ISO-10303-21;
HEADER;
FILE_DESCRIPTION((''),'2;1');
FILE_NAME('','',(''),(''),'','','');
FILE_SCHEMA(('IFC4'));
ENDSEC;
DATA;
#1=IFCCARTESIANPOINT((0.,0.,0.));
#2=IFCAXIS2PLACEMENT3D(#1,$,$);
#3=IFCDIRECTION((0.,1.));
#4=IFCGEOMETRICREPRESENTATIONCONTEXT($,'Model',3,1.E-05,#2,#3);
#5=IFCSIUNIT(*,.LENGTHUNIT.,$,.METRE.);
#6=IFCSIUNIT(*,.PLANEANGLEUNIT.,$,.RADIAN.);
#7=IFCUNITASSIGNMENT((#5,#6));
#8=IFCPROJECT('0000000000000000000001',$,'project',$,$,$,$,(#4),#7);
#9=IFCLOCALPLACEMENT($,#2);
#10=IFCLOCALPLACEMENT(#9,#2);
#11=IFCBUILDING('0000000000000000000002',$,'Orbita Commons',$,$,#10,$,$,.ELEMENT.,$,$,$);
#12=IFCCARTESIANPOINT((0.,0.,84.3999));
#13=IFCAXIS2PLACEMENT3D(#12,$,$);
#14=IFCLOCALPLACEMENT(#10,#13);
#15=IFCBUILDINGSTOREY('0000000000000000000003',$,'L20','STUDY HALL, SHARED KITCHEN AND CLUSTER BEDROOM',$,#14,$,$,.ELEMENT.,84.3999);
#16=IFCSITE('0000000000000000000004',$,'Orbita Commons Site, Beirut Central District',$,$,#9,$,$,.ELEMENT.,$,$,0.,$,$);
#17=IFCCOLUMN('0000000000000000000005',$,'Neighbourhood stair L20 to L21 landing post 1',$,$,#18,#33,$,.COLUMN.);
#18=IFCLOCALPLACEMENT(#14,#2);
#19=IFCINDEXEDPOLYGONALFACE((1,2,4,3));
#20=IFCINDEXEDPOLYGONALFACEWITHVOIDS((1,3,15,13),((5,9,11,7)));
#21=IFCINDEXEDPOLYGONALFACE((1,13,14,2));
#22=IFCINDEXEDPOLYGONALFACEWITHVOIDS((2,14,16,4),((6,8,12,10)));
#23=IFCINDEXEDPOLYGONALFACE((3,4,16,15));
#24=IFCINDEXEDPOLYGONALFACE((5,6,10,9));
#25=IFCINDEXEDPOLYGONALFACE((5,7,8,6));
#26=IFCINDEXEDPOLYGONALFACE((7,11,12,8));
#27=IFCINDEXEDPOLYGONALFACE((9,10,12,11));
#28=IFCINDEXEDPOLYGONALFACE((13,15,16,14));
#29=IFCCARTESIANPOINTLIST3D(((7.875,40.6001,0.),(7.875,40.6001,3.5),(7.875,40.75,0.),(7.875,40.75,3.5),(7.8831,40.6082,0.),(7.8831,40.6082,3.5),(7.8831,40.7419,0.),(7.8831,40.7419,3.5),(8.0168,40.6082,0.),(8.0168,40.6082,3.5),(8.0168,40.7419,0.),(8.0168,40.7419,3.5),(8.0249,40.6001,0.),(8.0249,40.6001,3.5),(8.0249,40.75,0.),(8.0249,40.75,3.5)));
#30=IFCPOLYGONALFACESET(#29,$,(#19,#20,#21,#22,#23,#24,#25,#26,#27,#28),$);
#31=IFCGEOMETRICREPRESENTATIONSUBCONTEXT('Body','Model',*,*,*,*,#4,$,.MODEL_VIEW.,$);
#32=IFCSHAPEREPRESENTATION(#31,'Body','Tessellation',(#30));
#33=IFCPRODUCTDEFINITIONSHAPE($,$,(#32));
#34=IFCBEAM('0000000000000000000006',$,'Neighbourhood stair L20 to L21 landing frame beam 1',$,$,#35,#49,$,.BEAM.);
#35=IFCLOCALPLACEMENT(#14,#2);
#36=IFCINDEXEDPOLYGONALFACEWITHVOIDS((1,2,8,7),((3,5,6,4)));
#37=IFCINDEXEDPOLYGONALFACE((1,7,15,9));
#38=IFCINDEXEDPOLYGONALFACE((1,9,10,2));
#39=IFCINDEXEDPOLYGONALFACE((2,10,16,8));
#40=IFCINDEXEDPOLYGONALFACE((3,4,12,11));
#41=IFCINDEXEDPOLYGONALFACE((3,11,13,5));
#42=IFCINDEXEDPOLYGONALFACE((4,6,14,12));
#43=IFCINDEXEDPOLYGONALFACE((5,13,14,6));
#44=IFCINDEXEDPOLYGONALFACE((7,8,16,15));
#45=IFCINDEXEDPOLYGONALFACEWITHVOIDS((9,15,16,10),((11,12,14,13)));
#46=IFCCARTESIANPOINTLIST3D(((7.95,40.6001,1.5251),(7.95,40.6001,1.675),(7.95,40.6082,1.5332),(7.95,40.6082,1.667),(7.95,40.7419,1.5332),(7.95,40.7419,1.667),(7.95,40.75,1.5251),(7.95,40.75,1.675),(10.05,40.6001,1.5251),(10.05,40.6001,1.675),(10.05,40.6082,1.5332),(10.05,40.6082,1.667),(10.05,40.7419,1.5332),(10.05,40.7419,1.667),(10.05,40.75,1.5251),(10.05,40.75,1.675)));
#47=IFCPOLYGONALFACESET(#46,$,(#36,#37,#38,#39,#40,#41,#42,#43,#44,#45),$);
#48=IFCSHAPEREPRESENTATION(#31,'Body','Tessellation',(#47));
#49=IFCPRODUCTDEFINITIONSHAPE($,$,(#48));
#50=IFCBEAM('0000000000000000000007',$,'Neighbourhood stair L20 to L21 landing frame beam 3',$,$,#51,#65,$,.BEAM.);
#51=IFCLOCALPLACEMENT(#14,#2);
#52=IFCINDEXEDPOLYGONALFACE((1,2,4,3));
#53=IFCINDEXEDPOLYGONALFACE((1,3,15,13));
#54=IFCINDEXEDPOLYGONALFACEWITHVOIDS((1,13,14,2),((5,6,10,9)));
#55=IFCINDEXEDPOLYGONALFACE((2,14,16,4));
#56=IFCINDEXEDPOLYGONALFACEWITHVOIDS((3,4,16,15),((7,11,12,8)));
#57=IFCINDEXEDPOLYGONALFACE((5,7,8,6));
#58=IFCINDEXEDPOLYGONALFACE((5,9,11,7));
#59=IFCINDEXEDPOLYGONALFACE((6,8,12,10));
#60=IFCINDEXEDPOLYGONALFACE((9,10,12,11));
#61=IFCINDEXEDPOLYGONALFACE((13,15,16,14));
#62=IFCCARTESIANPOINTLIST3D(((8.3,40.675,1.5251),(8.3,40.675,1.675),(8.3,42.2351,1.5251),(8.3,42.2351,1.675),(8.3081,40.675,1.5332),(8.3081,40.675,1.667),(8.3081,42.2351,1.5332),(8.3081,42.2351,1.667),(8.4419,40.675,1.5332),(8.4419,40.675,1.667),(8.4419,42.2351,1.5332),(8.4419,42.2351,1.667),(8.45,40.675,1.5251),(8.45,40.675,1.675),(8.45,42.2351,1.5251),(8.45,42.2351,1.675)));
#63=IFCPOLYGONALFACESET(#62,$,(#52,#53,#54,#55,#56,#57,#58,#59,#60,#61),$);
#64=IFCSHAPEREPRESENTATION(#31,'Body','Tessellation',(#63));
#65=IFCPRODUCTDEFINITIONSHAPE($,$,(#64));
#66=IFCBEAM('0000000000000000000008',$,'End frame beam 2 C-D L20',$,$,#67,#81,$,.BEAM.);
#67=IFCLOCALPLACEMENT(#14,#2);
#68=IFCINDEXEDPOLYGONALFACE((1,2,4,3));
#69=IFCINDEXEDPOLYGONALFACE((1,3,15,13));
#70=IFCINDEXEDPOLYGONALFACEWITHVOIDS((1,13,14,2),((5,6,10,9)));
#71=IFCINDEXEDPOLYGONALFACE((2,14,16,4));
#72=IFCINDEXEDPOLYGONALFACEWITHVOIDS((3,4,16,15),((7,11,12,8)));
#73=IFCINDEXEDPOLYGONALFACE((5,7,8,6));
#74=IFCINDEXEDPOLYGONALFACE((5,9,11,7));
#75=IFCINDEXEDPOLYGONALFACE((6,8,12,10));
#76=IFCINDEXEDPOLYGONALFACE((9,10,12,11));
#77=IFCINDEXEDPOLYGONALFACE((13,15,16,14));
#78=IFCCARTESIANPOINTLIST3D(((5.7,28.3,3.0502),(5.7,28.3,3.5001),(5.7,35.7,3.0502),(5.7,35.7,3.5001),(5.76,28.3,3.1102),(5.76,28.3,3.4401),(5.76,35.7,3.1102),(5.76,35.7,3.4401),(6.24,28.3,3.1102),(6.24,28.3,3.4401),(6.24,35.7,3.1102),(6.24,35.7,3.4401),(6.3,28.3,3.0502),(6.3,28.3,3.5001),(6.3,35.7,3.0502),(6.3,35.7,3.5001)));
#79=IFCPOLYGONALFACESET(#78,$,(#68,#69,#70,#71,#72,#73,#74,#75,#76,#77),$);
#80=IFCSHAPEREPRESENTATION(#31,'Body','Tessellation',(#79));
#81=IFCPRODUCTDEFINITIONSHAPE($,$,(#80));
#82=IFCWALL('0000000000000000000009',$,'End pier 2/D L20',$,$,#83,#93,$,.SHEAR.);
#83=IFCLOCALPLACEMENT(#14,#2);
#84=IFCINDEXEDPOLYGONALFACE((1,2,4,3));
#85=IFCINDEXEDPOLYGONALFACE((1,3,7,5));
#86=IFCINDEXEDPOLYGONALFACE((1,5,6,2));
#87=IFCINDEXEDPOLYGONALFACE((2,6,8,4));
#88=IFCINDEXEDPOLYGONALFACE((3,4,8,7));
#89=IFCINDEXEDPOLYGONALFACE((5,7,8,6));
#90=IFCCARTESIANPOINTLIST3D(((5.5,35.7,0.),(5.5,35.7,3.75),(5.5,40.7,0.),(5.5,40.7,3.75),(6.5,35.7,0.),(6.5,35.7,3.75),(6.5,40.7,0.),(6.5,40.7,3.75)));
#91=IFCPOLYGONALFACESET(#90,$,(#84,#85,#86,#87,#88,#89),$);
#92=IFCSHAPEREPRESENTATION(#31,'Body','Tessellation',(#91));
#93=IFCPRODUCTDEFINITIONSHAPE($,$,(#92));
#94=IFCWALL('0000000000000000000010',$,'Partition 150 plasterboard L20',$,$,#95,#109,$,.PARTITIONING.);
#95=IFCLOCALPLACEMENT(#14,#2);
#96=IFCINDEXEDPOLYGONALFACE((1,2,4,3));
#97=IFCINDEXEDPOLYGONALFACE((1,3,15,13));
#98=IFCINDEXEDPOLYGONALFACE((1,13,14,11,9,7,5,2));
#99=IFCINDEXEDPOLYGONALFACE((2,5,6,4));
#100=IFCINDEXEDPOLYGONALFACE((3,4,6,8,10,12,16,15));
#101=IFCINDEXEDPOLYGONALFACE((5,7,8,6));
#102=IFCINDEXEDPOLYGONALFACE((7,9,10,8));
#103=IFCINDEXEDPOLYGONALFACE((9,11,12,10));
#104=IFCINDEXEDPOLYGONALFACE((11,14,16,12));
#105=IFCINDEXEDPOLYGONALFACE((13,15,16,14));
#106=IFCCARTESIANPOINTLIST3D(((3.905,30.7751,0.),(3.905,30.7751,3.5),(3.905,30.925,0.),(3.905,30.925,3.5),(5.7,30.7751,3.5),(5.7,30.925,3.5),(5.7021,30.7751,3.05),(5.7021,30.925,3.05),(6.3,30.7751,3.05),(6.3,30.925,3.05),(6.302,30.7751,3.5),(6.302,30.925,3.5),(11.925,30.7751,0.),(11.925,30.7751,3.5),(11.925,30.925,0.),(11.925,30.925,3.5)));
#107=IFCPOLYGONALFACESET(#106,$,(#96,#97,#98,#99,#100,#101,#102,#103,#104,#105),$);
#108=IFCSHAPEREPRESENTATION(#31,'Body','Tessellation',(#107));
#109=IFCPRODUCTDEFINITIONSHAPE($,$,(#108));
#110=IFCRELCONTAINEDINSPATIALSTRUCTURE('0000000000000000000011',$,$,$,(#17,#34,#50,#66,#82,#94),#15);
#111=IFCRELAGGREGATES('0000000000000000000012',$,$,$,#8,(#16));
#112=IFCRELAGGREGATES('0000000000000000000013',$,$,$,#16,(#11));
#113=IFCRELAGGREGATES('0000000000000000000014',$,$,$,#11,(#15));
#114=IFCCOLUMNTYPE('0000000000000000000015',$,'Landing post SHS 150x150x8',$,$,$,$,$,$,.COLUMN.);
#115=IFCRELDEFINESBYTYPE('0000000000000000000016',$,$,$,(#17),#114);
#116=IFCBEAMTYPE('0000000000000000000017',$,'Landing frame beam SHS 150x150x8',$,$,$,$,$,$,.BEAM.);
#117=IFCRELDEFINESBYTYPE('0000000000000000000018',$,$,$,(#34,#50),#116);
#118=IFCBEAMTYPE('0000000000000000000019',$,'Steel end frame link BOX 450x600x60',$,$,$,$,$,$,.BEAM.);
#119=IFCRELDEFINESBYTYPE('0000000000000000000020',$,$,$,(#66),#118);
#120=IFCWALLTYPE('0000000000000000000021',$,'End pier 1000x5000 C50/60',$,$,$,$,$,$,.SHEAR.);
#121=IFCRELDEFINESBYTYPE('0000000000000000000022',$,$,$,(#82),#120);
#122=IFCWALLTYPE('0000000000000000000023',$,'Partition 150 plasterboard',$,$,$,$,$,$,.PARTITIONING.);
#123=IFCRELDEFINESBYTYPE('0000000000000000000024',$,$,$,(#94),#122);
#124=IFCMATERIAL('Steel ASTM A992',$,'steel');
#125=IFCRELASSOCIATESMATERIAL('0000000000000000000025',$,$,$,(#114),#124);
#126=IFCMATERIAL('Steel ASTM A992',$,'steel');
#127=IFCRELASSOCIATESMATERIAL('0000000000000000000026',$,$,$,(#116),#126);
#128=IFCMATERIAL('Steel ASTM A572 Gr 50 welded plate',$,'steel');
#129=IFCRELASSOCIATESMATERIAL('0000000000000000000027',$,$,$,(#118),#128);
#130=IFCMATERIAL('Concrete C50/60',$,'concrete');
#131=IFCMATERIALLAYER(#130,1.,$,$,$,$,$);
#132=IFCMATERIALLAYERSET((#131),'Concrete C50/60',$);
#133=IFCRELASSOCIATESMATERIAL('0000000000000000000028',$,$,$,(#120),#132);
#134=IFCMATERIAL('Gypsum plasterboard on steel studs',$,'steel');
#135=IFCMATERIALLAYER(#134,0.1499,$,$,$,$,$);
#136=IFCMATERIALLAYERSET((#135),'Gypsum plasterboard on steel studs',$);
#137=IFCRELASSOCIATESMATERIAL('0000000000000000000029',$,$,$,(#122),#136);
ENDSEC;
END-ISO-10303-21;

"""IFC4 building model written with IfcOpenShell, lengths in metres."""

from ifc_helpers import new_model, si_unit, direction, frame, frame_2d, origin, origin_2d, place, context, subcontext, project, spatial, polyline, rectangle, hollow_rectangle, outline, extrude, material, layer, layer_set, material_profile, profile_set, type_object, element, save


model = new_model("IFC4")

# Units and contexts
model_context = context("Model", 3, precision=1e-05, world=origin(), true_north=direction((0.0, 1.0)))
body_context = subcontext(model_context, "Body", "Model", "MODEL_VIEW")
ifc_project = project(units=[si_unit("LENGTHUNIT", "METRE"), si_unit("PLANEANGLEUNIT", "RADIAN")], contexts=[model_context])

# Site, building, storey
site_placement = place(None, origin())
site = spatial("IfcSite", under=ifc_project, at=site_placement, Name="Orbita Commons Site, Beirut Central District", CompositionType="ELEMENT", RefElevation=0.0)
building_placement = place(site_placement, origin())
building = spatial("IfcBuilding", under=site, at=building_placement, Name="Orbita Commons", CompositionType="ELEMENT")
storey_placement = place(building_placement, frame((0.0, 0.0, 84.3999)))
storey = spatial("IfcBuildingStorey", under=building, at=storey_placement, Name="L20", Description="STUDY HALL, SHARED KITCHEN AND CLUSTER BEDROOM", CompositionType="ELEMENT", Elevation=84.3999)

# Column
ifc_material_1 = material(Name="Steel ASTM A992", Category="steel")
ifc_material_profile_1 = material_profile(ifc_material_1, hollow_rectangle(XDim=0.1499, YDim=0.1499, WallThickness=0.0081, at=origin_2d()), Name="SHS 150x150x8")
ifc_profile_set_1 = profile_set([ifc_material_profile_1], Name="Steel ASTM A992")
column_type = type_object("IfcColumnType", Name="Landing post SHS 150x150x8", PredefinedType="COLUMN", material=ifc_profile_set_1)
column_placement = place(storey_placement, frame((7.95, 40.675, 0.0), z_axis=(0.0, 0.0, 1.0), x_axis=(1.0, 0.0, 0.0)))
element("IfcColumn", 1, at=column_placement, inside=storey, type_object=column_type, Name="Neighbourhood stair L20 to L21 landing post 1", PredefinedType="COLUMN", context=body_context, shape_type="SweptSolid", body=[
    extrude(hollow_rectangle(XDim=0.1499, YDim=0.1499, WallThickness=0.0081, at=origin_2d()), origin(), (0.0, 0.0, 1.0), 3.5),
])

# Beams
ifc_material_2 = material(Name="Steel ASTM A992", Category="steel")
ifc_material_profile_2 = material_profile(ifc_material_2, hollow_rectangle(XDim=0.1499, YDim=0.1499, WallThickness=0.0081, at=origin_2d()), Name="SHS 150x150x8")
ifc_profile_set_2 = profile_set([ifc_material_profile_2], Name="Steel ASTM A992")
beam_type_1 = type_object("IfcBeamType", Name="Landing frame beam SHS 150x150x8", PredefinedType="BEAM", material=ifc_profile_set_2)
beam_1_placement = place(storey_placement, frame((7.95, 40.675, 1.6001), z_axis=(1.0, 0.0, 0.0), x_axis=(0.0, 1.0, 0.0)))
element("IfcBeam", 2, at=beam_1_placement, inside=storey, type_object=beam_type_1, Name="Neighbourhood stair L20 to L21 landing frame beam 1", PredefinedType="BEAM", context=body_context, shape_type="SweptSolid", body=[
    extrude(hollow_rectangle(XDim=0.1499, YDim=0.1499, WallThickness=0.0081, at=origin_2d()), origin(), (0.0, 0.0, 1.0), 2.1001),
])
beam_2_placement = place(storey_placement, frame((8.375, 40.675, 1.6001), z_axis=(0.0, 1.0, 0.0), x_axis=(-1.0, 0.0, 0.0)))
element("IfcBeam", 3, at=beam_2_placement, inside=storey, type_object=beam_type_1, Name="Neighbourhood stair L20 to L21 landing frame beam 3", PredefinedType="BEAM", context=body_context, shape_type="SweptSolid", body=[
    extrude(hollow_rectangle(XDim=0.1499, YDim=0.1499, WallThickness=0.0081, at=origin_2d()), origin(), (0.0, 0.0, 1.0), 1.5601),
])
ifc_material_3 = material(Name="Steel ASTM A572 Gr 50 welded plate", Category="steel")
ifc_material_profile_3 = material_profile(ifc_material_3, hollow_rectangle(XDim=0.6001, YDim=0.45, WallThickness=0.0601, at=origin_2d()), Name="BOX 450x600x60")
ifc_profile_set_3 = profile_set([ifc_material_profile_3], Name="Steel ASTM A572 Gr 50 welded plate")
beam_type_2 = type_object("IfcBeamType", Name="Steel end frame link BOX 450x600x60", PredefinedType="BEAM", material=ifc_profile_set_3)
beam_3_placement = place(storey_placement, frame((6.0, 28.3, 3.2751), z_axis=(0.0, 1.0, 0.0), x_axis=(-1.0, 0.0, 0.0)))
element("IfcBeam", 4, at=beam_3_placement, inside=storey, type_object=beam_type_2, Name="End frame beam 2 C-D L20", PredefinedType="BEAM", context=body_context, shape_type="SweptSolid", body=[
    extrude(hollow_rectangle(XDim=0.6001, YDim=0.45, WallThickness=0.0601, at=origin_2d()), origin(), (0.0, 0.0, 1.0), 7.3999),
])

# Walls
ifc_material_4 = material(Name="Concrete C50/60", Category="concrete")
ifc_layer_1 = layer(ifc_material_4, 1.0)
ifc_layer_set_1 = layer_set([ifc_layer_1], Name="Concrete C50/60")
wall_type_1 = type_object("IfcWallType", Name="End pier 1000x5000 C50/60", PredefinedType="SHEAR", material=ifc_layer_set_1)
wall_1_placement = place(storey_placement, frame((6.0, 35.7, 0.0), z_axis=(0.0, 0.0, 1.0), x_axis=(0.0, 1.0, 0.0)))
element("IfcWall", 5, at=wall_1_placement, inside=storey, type_object=wall_type_1, Name="End pier 2/D L20", PredefinedType="SHEAR", context=body_context, shape_type="SweptSolid", body=[
    extrude(rectangle(XDim=5.0, YDim=1.0, at=frame_2d((2.5, 0.0))), origin(), (0.0, 0.0, 1.0), 3.75),
])
ifc_material_5 = material(Name="Gypsum plasterboard on steel studs", Category="steel")
ifc_layer_2 = layer(ifc_material_5, 0.1499)
ifc_layer_set_2 = layer_set([ifc_layer_2], Name="Gypsum plasterboard on steel studs")
wall_type_2 = type_object("IfcWallType", Name="Partition 150 plasterboard", PredefinedType="PARTITIONING", material=ifc_layer_set_2)
wall_2_placement = place(storey_placement, frame((3.905, 30.8501, 0.0), z_axis=(0.0, 0.0, 1.0), x_axis=(1.0, 0.0, 0.0)))
element("IfcWall", 6, at=wall_2_placement, inside=storey, type_object=wall_type_2, Name="Partition 150 plasterboard L20", PredefinedType="PARTITIONING", context=body_context, shape_type="SweptSolid", body=[
    extrude(outline(polyline([(0.0, 0.0), (8.02, 0.0), (8.02, 3.5), (2.397, 3.5), (2.395, 3.05), (1.7971, 3.05), (1.7949, 3.5), (0.0, 3.5), (0.0, 0.0)])), frame((0.0, 0.075, 0.0), z_axis=(0.0, -1.0, 0.0), x_axis=(1.0, 0.0, 0.0)), (0.0, 0.0, 1.0), 0.1499),
])

save(model, "model.ifc")
